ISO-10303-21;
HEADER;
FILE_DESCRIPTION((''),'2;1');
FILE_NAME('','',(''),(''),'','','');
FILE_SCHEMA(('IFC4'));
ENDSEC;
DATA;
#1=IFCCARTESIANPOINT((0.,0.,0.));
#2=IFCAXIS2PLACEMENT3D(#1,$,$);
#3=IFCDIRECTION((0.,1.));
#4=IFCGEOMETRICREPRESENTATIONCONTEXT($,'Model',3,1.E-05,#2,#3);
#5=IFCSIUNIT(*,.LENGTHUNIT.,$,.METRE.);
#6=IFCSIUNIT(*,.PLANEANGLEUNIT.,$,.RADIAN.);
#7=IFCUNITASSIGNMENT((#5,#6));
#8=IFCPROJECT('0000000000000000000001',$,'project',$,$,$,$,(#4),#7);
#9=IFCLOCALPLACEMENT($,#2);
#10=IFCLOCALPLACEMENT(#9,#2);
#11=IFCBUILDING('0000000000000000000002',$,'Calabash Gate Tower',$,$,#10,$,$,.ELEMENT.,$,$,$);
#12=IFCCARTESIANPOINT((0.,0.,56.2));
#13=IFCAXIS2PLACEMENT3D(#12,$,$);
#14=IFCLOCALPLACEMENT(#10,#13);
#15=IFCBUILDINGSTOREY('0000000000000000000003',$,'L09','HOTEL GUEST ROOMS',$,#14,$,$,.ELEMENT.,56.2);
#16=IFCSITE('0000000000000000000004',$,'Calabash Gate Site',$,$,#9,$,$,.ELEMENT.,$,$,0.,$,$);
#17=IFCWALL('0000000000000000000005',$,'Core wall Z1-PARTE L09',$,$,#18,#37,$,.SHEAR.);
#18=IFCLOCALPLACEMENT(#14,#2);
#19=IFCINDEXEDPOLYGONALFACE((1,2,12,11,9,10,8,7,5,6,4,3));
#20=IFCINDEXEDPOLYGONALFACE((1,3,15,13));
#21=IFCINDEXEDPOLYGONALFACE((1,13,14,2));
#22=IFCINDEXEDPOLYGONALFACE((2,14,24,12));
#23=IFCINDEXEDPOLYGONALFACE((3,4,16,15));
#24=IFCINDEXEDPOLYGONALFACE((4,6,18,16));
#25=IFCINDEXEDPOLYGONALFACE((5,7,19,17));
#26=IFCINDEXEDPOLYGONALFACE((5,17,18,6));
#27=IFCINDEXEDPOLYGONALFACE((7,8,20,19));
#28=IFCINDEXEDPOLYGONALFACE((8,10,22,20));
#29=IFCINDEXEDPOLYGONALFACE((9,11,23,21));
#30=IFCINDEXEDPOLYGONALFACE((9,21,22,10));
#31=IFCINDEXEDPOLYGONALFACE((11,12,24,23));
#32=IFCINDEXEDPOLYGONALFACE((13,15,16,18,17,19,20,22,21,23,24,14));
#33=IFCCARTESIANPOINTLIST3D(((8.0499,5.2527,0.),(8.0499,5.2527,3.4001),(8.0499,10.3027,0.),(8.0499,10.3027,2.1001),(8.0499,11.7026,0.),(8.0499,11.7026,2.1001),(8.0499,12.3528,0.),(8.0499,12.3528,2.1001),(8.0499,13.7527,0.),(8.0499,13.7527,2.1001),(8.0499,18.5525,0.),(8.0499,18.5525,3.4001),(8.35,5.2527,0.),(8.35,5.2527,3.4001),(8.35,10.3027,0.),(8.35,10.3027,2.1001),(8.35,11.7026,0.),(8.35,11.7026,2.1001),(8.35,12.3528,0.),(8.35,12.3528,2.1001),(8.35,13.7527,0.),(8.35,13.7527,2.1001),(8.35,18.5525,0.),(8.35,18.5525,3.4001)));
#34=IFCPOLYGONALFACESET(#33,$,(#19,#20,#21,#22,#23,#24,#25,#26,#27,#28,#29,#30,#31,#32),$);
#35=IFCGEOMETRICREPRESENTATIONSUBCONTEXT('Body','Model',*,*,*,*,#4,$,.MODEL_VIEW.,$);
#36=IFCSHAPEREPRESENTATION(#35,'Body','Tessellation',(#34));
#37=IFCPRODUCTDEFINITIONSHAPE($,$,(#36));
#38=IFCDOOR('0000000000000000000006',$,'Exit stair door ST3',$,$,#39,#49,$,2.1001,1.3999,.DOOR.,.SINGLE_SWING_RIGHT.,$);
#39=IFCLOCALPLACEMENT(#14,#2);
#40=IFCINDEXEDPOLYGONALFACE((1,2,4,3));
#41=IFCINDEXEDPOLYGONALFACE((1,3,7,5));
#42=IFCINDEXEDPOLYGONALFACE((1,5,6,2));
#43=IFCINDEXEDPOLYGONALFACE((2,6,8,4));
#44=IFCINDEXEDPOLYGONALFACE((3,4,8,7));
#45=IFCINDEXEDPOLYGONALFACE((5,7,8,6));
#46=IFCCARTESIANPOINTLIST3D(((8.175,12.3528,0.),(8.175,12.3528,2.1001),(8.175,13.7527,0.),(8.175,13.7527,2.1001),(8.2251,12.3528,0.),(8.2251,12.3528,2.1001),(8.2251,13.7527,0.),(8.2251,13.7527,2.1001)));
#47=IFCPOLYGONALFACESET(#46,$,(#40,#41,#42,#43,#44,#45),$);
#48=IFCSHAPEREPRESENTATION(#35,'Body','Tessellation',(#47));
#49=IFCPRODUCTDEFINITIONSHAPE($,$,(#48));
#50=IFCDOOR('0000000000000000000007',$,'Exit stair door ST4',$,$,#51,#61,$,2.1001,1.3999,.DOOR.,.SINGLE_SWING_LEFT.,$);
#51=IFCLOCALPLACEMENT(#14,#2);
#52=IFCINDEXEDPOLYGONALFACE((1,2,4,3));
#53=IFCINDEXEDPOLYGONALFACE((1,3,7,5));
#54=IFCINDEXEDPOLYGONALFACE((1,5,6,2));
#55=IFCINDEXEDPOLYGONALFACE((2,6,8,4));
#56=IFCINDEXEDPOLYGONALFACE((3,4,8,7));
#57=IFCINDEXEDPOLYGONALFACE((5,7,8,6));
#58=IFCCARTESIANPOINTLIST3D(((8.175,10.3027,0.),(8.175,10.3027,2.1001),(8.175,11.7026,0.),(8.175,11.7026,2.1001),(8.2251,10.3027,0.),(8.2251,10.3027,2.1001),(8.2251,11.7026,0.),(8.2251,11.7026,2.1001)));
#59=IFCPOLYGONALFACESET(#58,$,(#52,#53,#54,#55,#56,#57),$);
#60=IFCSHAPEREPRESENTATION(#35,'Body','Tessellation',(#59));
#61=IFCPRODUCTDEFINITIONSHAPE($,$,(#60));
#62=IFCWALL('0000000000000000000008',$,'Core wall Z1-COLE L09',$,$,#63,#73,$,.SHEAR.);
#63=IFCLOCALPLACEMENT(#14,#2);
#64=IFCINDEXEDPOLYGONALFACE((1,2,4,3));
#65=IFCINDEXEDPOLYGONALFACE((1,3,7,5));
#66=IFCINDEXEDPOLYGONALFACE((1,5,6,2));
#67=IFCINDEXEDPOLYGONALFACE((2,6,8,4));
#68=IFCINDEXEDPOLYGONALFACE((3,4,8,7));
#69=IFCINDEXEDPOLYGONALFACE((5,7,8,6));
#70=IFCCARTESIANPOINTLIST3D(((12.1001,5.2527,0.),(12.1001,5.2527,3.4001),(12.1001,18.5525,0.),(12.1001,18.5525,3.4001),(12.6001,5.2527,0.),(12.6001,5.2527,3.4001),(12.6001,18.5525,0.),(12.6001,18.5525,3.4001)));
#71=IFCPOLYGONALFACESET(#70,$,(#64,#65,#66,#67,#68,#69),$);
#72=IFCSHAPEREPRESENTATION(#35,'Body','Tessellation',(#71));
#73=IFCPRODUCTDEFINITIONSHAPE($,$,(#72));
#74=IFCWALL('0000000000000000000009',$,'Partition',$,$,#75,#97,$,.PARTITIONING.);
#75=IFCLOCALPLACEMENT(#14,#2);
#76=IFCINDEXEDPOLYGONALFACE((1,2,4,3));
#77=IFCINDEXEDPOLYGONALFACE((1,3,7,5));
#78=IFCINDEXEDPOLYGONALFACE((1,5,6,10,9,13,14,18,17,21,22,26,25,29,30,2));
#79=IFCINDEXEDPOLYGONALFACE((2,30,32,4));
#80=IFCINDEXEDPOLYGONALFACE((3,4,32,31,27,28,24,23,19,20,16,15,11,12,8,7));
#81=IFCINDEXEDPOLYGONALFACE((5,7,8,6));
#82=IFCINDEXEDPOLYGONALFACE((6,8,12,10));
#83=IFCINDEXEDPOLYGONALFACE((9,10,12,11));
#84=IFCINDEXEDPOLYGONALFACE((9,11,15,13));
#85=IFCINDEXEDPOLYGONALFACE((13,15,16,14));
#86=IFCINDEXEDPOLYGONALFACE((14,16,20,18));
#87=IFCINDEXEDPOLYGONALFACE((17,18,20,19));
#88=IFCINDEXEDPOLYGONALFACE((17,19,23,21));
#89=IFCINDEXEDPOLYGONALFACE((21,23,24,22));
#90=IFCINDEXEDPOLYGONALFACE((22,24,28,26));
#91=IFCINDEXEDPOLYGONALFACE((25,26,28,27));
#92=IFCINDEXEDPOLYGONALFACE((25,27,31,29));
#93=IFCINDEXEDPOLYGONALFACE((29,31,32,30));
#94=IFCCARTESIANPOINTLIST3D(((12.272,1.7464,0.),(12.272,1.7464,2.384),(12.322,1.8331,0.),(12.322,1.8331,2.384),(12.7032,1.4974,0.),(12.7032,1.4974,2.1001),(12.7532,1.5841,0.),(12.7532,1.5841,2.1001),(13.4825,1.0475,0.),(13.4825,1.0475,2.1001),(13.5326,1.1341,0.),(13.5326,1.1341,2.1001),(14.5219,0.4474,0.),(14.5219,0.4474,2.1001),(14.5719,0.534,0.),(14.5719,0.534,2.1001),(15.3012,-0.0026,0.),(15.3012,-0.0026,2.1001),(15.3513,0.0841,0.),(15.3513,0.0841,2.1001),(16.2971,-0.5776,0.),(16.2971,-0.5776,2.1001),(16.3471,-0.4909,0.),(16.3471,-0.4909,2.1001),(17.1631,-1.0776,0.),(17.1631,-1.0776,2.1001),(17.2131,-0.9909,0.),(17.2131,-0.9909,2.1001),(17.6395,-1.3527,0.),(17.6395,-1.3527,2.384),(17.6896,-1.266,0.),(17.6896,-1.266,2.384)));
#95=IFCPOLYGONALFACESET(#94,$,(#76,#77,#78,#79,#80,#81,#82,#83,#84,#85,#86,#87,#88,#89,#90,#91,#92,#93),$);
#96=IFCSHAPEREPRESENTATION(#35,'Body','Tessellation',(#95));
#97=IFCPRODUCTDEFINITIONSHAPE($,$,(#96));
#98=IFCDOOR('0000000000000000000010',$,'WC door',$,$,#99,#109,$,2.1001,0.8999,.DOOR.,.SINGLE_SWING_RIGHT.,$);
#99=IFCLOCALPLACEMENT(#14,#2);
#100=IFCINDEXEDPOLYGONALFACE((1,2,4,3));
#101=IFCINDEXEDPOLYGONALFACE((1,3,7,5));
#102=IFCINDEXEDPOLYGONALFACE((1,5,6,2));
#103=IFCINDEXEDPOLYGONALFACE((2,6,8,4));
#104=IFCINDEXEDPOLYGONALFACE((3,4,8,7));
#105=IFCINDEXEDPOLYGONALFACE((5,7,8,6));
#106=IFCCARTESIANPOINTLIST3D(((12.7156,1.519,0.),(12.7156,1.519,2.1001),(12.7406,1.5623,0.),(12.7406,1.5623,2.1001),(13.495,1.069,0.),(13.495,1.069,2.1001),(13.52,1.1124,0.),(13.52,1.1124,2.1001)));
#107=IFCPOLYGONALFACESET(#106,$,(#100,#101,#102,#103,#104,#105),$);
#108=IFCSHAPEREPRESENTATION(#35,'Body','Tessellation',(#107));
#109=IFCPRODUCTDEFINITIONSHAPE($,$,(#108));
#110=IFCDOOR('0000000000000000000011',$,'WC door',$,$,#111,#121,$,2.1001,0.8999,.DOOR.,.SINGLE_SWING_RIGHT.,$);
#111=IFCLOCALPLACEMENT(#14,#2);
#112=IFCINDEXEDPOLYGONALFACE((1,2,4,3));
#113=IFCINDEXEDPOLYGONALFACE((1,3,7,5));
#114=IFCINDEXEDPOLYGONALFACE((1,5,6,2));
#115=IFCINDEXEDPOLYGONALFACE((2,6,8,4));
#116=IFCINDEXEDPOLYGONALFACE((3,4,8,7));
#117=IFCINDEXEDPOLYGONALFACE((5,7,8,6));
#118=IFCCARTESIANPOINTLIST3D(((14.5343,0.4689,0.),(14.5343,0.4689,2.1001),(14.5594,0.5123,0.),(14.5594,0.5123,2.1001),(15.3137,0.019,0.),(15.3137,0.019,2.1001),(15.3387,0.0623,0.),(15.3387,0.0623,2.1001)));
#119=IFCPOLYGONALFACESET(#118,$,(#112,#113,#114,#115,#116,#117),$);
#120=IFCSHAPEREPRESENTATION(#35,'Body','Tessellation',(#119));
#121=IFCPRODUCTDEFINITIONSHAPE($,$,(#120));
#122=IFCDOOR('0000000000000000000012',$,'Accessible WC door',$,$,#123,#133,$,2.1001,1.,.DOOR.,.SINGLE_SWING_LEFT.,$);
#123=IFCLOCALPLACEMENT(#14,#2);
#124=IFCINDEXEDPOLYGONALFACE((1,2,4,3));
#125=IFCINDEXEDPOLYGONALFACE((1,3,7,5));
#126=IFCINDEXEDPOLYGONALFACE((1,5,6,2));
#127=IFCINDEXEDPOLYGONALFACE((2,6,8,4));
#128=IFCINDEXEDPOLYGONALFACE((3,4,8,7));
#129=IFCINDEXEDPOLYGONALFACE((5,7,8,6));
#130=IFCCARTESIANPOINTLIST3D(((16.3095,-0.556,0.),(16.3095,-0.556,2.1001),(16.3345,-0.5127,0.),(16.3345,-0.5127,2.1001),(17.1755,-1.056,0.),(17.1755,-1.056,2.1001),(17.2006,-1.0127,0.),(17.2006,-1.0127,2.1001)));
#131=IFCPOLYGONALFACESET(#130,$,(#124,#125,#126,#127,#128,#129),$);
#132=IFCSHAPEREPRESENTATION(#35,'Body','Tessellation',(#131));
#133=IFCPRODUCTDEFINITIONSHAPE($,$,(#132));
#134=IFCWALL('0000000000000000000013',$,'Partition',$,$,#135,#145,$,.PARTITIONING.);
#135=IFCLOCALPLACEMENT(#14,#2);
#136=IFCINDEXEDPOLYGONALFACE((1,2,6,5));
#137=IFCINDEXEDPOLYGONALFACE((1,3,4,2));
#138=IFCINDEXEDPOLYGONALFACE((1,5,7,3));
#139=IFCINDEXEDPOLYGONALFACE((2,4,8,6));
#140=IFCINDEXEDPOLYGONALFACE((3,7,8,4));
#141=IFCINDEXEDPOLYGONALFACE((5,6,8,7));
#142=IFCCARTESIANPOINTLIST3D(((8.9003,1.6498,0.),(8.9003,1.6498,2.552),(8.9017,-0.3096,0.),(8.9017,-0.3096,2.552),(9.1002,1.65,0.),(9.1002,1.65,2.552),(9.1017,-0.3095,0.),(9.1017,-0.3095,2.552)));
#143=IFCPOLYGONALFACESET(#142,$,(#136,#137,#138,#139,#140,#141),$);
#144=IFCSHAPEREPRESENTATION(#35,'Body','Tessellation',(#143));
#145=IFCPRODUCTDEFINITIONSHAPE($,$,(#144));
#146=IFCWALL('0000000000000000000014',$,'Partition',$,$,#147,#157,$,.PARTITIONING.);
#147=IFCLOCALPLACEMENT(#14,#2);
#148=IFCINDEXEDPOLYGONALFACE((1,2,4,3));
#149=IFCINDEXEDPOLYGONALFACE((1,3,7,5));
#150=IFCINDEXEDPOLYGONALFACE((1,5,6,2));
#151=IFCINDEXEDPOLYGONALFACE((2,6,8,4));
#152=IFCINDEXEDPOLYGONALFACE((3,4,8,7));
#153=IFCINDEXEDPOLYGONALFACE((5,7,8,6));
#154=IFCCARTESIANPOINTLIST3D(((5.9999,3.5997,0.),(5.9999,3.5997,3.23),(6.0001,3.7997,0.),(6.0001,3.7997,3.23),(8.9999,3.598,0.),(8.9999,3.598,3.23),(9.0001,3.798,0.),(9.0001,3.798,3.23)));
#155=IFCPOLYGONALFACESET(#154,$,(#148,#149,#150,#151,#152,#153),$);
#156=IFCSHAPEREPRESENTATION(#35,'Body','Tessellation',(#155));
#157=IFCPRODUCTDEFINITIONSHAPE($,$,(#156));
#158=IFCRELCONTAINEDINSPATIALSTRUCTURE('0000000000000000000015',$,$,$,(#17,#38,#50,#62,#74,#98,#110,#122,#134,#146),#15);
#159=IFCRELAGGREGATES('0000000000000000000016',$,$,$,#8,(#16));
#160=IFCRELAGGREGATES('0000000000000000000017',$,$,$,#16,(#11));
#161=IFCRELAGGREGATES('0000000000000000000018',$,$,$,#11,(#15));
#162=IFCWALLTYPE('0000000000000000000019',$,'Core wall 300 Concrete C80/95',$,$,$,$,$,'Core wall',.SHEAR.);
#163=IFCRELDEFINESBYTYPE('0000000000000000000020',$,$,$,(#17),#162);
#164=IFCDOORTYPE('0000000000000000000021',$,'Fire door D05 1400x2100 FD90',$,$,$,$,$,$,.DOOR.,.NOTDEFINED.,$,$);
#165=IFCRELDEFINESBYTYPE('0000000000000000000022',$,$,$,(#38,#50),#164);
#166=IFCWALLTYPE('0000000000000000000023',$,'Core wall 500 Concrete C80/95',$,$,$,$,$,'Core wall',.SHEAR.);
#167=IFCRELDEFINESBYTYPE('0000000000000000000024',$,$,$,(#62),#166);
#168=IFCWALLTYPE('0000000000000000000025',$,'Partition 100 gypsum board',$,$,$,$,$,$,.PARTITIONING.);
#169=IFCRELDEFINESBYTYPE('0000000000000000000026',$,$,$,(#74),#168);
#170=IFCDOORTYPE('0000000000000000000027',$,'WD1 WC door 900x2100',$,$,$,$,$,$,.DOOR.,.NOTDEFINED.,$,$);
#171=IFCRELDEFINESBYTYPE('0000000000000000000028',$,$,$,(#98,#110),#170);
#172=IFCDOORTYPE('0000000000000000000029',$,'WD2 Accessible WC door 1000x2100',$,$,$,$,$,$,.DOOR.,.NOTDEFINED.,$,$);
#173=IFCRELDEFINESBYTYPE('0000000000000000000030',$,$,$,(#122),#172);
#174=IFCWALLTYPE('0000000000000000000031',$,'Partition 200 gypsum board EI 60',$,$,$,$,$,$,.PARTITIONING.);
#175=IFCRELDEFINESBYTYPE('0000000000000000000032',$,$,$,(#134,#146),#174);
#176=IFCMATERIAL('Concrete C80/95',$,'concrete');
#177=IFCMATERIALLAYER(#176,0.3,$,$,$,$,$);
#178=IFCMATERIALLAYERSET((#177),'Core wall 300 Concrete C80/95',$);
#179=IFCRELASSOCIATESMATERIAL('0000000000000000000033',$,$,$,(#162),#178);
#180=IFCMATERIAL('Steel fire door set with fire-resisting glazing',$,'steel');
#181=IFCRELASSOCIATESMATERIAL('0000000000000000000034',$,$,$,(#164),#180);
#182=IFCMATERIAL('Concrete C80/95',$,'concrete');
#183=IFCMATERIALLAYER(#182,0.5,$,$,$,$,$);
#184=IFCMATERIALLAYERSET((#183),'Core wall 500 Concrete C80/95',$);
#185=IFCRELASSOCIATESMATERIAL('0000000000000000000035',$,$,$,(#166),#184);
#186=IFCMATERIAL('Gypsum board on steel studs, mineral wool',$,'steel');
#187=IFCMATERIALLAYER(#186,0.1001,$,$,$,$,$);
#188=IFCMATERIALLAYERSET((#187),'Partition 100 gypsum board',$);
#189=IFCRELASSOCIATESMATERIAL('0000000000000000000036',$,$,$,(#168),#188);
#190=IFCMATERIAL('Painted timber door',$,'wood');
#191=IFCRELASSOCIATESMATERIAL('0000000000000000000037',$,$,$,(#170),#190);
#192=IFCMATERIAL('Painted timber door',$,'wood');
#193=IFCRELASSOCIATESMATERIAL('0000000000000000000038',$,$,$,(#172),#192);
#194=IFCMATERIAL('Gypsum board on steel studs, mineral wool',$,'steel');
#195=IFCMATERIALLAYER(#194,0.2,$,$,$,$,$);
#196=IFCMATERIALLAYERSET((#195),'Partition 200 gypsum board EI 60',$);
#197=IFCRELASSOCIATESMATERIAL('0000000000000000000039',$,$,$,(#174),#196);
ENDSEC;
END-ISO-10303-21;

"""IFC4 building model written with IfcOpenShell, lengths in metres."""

from ifc_helpers import new_model, si_unit, direction, frame, frame_2d, origin, place, context, subcontext, project, spatial, rectangle, extrude, material, layer, layer_set, type_object, element, fill, save


model = new_model("IFC4")

# Units and contexts
model_context = context("Model", 3, precision=1e-05, world=origin(), true_north=direction((0.0, 1.0)))
body_context = subcontext(model_context, "Body", "Model", "MODEL_VIEW")
ifc_project = project(units=[si_unit("LENGTHUNIT", "METRE"), si_unit("PLANEANGLEUNIT", "RADIAN")], contexts=[model_context])

# Site, building, storey
site_placement = place(None, origin())
site = spatial("IfcSite", under=ifc_project, at=site_placement, Name="Calabash Gate Site", CompositionType="ELEMENT", RefElevation=0.0)
building_placement = place(site_placement, origin())
building = spatial("IfcBuilding", under=site, at=building_placement, Name="Calabash Gate Tower", CompositionType="ELEMENT")
storey_placement = place(building_placement, frame((0.0, 0.0, 56.2)))
storey = spatial("IfcBuildingStorey", under=building, at=storey_placement, Name="L09", Description="HOTEL GUEST ROOMS", CompositionType="ELEMENT", Elevation=56.2)

# Wall, openings, doors
ifc_material_1 = material(Name="Concrete C80/95", Category="concrete")
ifc_layer_1 = layer(ifc_material_1, 0.3)
ifc_layer_set_1 = layer_set([ifc_layer_1], Name="Core wall 300 Concrete C80/95")
wall_type_1 = type_object("IfcWallType", Name="Core wall 300 Concrete C80/95", ElementType="Core wall", PredefinedType="SHEAR", material=ifc_layer_set_1)
wall_1_placement = place(storey_placement, frame((8.2, 5.2527, 0.0), z_axis=(0.0, 0.0, 1.0), x_axis=(0.0, 1.0, 0.0)))
wall_1 = element("IfcWall", 1, at=wall_1_placement, inside=storey, type_object=wall_type_1, Name="Core wall Z1-PARTE L09", PredefinedType="SHEAR", context=body_context, shape_type="SweptSolid", body=[
    extrude(rectangle(XDim=13.2998, YDim=0.3, at=frame_2d((6.6499, 0.0))), origin(), (0.0, 0.0, 1.0), 3.4001),
])
opening_1_placement = place(wall_1_placement, frame((7.1001, 0.0, 0.0)))
opening_1 = element("IfcOpeningElement", 2, at=opening_1_placement, cuts=wall_1, PredefinedType="OPENING", context=body_context, shape_type="SweptSolid", body=[
    extrude(rectangle(XDim=1.3999, YDim=2.1001, at=frame_2d((0.7, 1.05))), frame((0.0, 0.1599, 0.0), z_axis=(0.0, -1.0, 0.0), x_axis=(1.0, 0.0, 0.0)), (0.0, 0.0, 1.0), 0.3201),
])
opening_2_placement = place(wall_1_placement, frame((5.05, 0.0, 0.0)))
opening_2 = element("IfcOpeningElement", 3, at=opening_2_placement, cuts=wall_1, PredefinedType="OPENING", context=body_context, shape_type="SweptSolid", body=[
    extrude(rectangle(XDim=1.3999, YDim=2.1001, at=frame_2d((0.7, 1.05))), frame((0.0, 0.1599, 0.0), z_axis=(0.0, -1.0, 0.0), x_axis=(1.0, 0.0, 0.0)), (0.0, 0.0, 1.0), 0.3201),
])
ifc_material_2 = material(Name="Steel fire door set with fire-resisting glazing", Category="steel")
door_type_1 = type_object("IfcDoorType", Name="Fire door D05 1400x2100 FD90", OperationType="NOTDEFINED", PredefinedType="DOOR", material=ifc_material_2)
door_1_placement = place(opening_1_placement, origin())
door_1 = element("IfcDoor", 4, at=door_1_placement, inside=storey, type_object=door_type_1, Name="Exit stair door ST3", OperationType="SINGLE_SWING_RIGHT", OverallHeight=2.1001, OverallWidth=1.3999, PredefinedType="DOOR", context=body_context, shape_type="SweptSolid", body=[
    extrude(rectangle(XDim=1.3999, YDim=2.1001, at=frame_2d((0.7, 1.05))), frame((0.0, 0.0249, 0.0), z_axis=(0.0, -1.0, 0.0), x_axis=(1.0, 0.0, 0.0)), (0.0, 0.0, 1.0), 0.05),
])
fill(opening_1, door_1)
door_2_placement = place(opening_2_placement, origin())
door_2 = element("IfcDoor", 5, at=door_2_placement, inside=storey, type_object=door_type_1, Name="Exit stair door ST4", OperationType="SINGLE_SWING_LEFT", OverallHeight=2.1001, OverallWidth=1.3999, PredefinedType="DOOR", context=body_context, shape_type="SweptSolid", body=[
    extrude(rectangle(XDim=1.3999, YDim=2.1001, at=frame_2d((0.7, 1.05))), frame((0.0, 0.0249, 0.0), z_axis=(0.0, -1.0, 0.0), x_axis=(1.0, 0.0, 0.0)), (0.0, 0.0, 1.0), 0.05),
])
fill(opening_2, door_2)

# Wall
ifc_material_3 = material(Name="Concrete C80/95", Category="concrete")
ifc_layer_2 = layer(ifc_material_3, 0.5)
ifc_layer_set_2 = layer_set([ifc_layer_2], Name="Core wall 500 Concrete C80/95")
wall_type_2 = type_object("IfcWallType", Name="Core wall 500 Concrete C80/95", ElementType="Core wall", PredefinedType="SHEAR", material=ifc_layer_set_2)
wall_2_placement = place(storey_placement, frame((12.3501, 5.2527, 0.0), z_axis=(0.0, 0.0, 1.0), x_axis=(0.0, 1.0, 0.0)))
element("IfcWall", 6, at=wall_2_placement, inside=storey, type_object=wall_type_2, Name="Core wall Z1-COLE L09", PredefinedType="SHEAR", context=body_context, shape_type="SweptSolid", body=[
    extrude(rectangle(XDim=13.2998, YDim=0.5, at=frame_2d((6.6499, 0.0))), origin(), (0.0, 0.0, 1.0), 3.4001),
])

# Wall, openings, doors
ifc_material_4 = material(Name="Gypsum board on steel studs, mineral wool", Category="steel")
ifc_layer_3 = layer(ifc_material_4, 0.1001)
ifc_layer_set_3 = layer_set([ifc_layer_3], Name="Partition 100 gypsum board")
wall_type_3 = type_object("IfcWallType", Name="Partition 100 gypsum board", PredefinedType="PARTITIONING", material=ifc_layer_set_3)
wall_3_placement = place(storey_placement, frame((12.2969, 1.7898, 0.0), z_axis=(0.0, 0.0, 1.0), x_axis=(0.866019, -0.500011, 0.0)))
wall_3 = element("IfcWall", 7, at=wall_3_placement, inside=storey, type_object=wall_type_3, Name="Partition", PredefinedType="PARTITIONING", context=body_context, shape_type="SweptSolid", body=[
    extrude(rectangle(XDim=6.198, YDim=0.1001, at=frame_2d((3.0991, 0.0))), origin(), (0.0, 0.0, 1.0), 2.384),
])
opening_3_placement = place(wall_3_placement, frame((0.498, 0.0, 0.0)))
opening_3 = element("IfcOpeningElement", 8, at=opening_3_placement, cuts=wall_3, PredefinedType="OPENING", context=body_context, shape_type="SweptSolid", body=[
    extrude(rectangle(XDim=0.8999, YDim=2.1001, at=frame_2d((0.45, 1.05))), frame((0.0, 0.0601, 0.0), z_axis=(0.0, -1.0, 0.0), x_axis=(1.0, 0.0, 0.0)), (0.0, 0.0, 1.0), 0.1201),
])
opening_4_placement = place(wall_3_placement, frame((2.5981, 0.0, 0.0)))
opening_4 = element("IfcOpeningElement", 9, at=opening_4_placement, cuts=wall_3, PredefinedType="OPENING", context=body_context, shape_type="SweptSolid", body=[
    extrude(rectangle(XDim=0.8999, YDim=2.1001, at=frame_2d((0.45, 1.05))), frame((0.0, 0.0601, 0.0), z_axis=(0.0, -1.0, 0.0), x_axis=(1.0, 0.0, 0.0)), (0.0, 0.0, 1.0), 0.1201),
])
opening_5_placement = place(wall_3_placement, frame((4.6479, 0.0, 0.0)))
opening_5 = element("IfcOpeningElement", 10, at=opening_5_placement, cuts=wall_3, PredefinedType="OPENING", context=body_context, shape_type="SweptSolid", body=[
    extrude(rectangle(XDim=1.0, YDim=2.1001, at=frame_2d((0.5, 1.05))), frame((0.0, 0.0601, 0.0), z_axis=(0.0, -1.0, 0.0), x_axis=(1.0, 0.0, 0.0)), (0.0, 0.0, 1.0), 0.1201),
])
ifc_material_5 = material(Name="Painted timber door", Category="wood")
door_type_2 = type_object("IfcDoorType", Name="WD1 WC door 900x2100", OperationType="NOTDEFINED", PredefinedType="DOOR", material=ifc_material_5)
door_3_placement = place(opening_3_placement, origin())
door_3 = element("IfcDoor", 11, at=door_3_placement, inside=storey, type_object=door_type_2, Name="WC door", OperationType="SINGLE_SWING_RIGHT", OverallHeight=2.1001, OverallWidth=0.8999, PredefinedType="DOOR", context=body_context, shape_type="SweptSolid", body=[
    extrude(rectangle(XDim=0.8999, YDim=2.1001, at=frame_2d((0.45, 1.05))), frame((0.0, 0.0249, 0.0), z_axis=(0.0, -1.0, 0.0), x_axis=(1.0, 0.0, 0.0)), (0.0, 0.0, 1.0), 0.05),
])
fill(opening_3, door_3)
door_4_placement = place(opening_4_placement, origin())
door_4 = element("IfcDoor", 12, at=door_4_placement, inside=storey, type_object=door_type_2, Name="WC door", OperationType="SINGLE_SWING_RIGHT", OverallHeight=2.1001, OverallWidth=0.8999, PredefinedType="DOOR", context=body_context, shape_type="SweptSolid", body=[
    extrude(rectangle(XDim=0.8999, YDim=2.1001, at=frame_2d((0.45, 1.05))), frame((0.0, 0.0249, 0.0), z_axis=(0.0, -1.0, 0.0), x_axis=(1.0, 0.0, 0.0)), (0.0, 0.0, 1.0), 0.05),
])
fill(opening_4, door_4)
ifc_material_6 = material(Name="Painted timber door", Category="wood")
door_type_3 = type_object("IfcDoorType", Name="WD2 Accessible WC door 1000x2100", OperationType="NOTDEFINED", PredefinedType="DOOR", material=ifc_material_6)
door_5_placement = place(opening_5_placement, origin())
door_5 = element("IfcDoor", 13, at=door_5_placement, inside=storey, type_object=door_type_3, Name="Accessible WC door", OperationType="SINGLE_SWING_LEFT", OverallHeight=2.1001, OverallWidth=1.0, PredefinedType="DOOR", context=body_context, shape_type="SweptSolid", body=[
    extrude(rectangle(XDim=1.0, YDim=2.1001, at=frame_2d((0.5, 1.05))), frame((0.0, 0.0249, 0.0), z_axis=(0.0, -1.0, 0.0), x_axis=(1.0, 0.0, 0.0)), (0.0, 0.0, 1.0), 0.05),
])
fill(opening_5, door_5)

# Walls
ifc_material_7 = material(Name="Gypsum board on steel studs, mineral wool", Category="steel")
ifc_layer_4 = layer(ifc_material_7, 0.2)
ifc_layer_set_4 = layer_set([ifc_layer_4], Name="Partition 200 gypsum board EI 60")
wall_type_4 = type_object("IfcWallType", Name="Partition 200 gypsum board EI 60", PredefinedType="PARTITIONING", material=ifc_layer_set_4)
wall_4_placement = place(storey_placement, frame((9.0002, 1.6499, 0.0), z_axis=(0.0, 0.0, 1.0), x_axis=(0.000748, -1.0, 0.0)))
element("IfcWall", 14, at=wall_4_placement, inside=storey, type_object=wall_type_4, Name="Partition", PredefinedType="PARTITIONING", context=body_context, shape_type="SweptSolid", body=[
    extrude(rectangle(XDim=1.9595, YDim=0.2, at=frame_2d((0.9797, 0.0))), origin(), (0.0, 0.0, 1.0), 2.552),
])
wall_5_placement = place(storey_placement, frame((6.0, 3.6997, 0.0), z_axis=(0.0, 0.0, 1.0), x_axis=(1.0, -0.00057, 0.0)))
element("IfcWall", 15, at=wall_5_placement, inside=storey, type_object=wall_type_4, Name="Partition", PredefinedType="PARTITIONING", context=body_context, shape_type="SweptSolid", body=[
    extrude(rectangle(XDim=3.0, YDim=0.2, at=frame_2d((1.5, 0.0))), origin(), (0.0, 0.0, 1.0), 3.23),
])

save(model, "model.ifc")
